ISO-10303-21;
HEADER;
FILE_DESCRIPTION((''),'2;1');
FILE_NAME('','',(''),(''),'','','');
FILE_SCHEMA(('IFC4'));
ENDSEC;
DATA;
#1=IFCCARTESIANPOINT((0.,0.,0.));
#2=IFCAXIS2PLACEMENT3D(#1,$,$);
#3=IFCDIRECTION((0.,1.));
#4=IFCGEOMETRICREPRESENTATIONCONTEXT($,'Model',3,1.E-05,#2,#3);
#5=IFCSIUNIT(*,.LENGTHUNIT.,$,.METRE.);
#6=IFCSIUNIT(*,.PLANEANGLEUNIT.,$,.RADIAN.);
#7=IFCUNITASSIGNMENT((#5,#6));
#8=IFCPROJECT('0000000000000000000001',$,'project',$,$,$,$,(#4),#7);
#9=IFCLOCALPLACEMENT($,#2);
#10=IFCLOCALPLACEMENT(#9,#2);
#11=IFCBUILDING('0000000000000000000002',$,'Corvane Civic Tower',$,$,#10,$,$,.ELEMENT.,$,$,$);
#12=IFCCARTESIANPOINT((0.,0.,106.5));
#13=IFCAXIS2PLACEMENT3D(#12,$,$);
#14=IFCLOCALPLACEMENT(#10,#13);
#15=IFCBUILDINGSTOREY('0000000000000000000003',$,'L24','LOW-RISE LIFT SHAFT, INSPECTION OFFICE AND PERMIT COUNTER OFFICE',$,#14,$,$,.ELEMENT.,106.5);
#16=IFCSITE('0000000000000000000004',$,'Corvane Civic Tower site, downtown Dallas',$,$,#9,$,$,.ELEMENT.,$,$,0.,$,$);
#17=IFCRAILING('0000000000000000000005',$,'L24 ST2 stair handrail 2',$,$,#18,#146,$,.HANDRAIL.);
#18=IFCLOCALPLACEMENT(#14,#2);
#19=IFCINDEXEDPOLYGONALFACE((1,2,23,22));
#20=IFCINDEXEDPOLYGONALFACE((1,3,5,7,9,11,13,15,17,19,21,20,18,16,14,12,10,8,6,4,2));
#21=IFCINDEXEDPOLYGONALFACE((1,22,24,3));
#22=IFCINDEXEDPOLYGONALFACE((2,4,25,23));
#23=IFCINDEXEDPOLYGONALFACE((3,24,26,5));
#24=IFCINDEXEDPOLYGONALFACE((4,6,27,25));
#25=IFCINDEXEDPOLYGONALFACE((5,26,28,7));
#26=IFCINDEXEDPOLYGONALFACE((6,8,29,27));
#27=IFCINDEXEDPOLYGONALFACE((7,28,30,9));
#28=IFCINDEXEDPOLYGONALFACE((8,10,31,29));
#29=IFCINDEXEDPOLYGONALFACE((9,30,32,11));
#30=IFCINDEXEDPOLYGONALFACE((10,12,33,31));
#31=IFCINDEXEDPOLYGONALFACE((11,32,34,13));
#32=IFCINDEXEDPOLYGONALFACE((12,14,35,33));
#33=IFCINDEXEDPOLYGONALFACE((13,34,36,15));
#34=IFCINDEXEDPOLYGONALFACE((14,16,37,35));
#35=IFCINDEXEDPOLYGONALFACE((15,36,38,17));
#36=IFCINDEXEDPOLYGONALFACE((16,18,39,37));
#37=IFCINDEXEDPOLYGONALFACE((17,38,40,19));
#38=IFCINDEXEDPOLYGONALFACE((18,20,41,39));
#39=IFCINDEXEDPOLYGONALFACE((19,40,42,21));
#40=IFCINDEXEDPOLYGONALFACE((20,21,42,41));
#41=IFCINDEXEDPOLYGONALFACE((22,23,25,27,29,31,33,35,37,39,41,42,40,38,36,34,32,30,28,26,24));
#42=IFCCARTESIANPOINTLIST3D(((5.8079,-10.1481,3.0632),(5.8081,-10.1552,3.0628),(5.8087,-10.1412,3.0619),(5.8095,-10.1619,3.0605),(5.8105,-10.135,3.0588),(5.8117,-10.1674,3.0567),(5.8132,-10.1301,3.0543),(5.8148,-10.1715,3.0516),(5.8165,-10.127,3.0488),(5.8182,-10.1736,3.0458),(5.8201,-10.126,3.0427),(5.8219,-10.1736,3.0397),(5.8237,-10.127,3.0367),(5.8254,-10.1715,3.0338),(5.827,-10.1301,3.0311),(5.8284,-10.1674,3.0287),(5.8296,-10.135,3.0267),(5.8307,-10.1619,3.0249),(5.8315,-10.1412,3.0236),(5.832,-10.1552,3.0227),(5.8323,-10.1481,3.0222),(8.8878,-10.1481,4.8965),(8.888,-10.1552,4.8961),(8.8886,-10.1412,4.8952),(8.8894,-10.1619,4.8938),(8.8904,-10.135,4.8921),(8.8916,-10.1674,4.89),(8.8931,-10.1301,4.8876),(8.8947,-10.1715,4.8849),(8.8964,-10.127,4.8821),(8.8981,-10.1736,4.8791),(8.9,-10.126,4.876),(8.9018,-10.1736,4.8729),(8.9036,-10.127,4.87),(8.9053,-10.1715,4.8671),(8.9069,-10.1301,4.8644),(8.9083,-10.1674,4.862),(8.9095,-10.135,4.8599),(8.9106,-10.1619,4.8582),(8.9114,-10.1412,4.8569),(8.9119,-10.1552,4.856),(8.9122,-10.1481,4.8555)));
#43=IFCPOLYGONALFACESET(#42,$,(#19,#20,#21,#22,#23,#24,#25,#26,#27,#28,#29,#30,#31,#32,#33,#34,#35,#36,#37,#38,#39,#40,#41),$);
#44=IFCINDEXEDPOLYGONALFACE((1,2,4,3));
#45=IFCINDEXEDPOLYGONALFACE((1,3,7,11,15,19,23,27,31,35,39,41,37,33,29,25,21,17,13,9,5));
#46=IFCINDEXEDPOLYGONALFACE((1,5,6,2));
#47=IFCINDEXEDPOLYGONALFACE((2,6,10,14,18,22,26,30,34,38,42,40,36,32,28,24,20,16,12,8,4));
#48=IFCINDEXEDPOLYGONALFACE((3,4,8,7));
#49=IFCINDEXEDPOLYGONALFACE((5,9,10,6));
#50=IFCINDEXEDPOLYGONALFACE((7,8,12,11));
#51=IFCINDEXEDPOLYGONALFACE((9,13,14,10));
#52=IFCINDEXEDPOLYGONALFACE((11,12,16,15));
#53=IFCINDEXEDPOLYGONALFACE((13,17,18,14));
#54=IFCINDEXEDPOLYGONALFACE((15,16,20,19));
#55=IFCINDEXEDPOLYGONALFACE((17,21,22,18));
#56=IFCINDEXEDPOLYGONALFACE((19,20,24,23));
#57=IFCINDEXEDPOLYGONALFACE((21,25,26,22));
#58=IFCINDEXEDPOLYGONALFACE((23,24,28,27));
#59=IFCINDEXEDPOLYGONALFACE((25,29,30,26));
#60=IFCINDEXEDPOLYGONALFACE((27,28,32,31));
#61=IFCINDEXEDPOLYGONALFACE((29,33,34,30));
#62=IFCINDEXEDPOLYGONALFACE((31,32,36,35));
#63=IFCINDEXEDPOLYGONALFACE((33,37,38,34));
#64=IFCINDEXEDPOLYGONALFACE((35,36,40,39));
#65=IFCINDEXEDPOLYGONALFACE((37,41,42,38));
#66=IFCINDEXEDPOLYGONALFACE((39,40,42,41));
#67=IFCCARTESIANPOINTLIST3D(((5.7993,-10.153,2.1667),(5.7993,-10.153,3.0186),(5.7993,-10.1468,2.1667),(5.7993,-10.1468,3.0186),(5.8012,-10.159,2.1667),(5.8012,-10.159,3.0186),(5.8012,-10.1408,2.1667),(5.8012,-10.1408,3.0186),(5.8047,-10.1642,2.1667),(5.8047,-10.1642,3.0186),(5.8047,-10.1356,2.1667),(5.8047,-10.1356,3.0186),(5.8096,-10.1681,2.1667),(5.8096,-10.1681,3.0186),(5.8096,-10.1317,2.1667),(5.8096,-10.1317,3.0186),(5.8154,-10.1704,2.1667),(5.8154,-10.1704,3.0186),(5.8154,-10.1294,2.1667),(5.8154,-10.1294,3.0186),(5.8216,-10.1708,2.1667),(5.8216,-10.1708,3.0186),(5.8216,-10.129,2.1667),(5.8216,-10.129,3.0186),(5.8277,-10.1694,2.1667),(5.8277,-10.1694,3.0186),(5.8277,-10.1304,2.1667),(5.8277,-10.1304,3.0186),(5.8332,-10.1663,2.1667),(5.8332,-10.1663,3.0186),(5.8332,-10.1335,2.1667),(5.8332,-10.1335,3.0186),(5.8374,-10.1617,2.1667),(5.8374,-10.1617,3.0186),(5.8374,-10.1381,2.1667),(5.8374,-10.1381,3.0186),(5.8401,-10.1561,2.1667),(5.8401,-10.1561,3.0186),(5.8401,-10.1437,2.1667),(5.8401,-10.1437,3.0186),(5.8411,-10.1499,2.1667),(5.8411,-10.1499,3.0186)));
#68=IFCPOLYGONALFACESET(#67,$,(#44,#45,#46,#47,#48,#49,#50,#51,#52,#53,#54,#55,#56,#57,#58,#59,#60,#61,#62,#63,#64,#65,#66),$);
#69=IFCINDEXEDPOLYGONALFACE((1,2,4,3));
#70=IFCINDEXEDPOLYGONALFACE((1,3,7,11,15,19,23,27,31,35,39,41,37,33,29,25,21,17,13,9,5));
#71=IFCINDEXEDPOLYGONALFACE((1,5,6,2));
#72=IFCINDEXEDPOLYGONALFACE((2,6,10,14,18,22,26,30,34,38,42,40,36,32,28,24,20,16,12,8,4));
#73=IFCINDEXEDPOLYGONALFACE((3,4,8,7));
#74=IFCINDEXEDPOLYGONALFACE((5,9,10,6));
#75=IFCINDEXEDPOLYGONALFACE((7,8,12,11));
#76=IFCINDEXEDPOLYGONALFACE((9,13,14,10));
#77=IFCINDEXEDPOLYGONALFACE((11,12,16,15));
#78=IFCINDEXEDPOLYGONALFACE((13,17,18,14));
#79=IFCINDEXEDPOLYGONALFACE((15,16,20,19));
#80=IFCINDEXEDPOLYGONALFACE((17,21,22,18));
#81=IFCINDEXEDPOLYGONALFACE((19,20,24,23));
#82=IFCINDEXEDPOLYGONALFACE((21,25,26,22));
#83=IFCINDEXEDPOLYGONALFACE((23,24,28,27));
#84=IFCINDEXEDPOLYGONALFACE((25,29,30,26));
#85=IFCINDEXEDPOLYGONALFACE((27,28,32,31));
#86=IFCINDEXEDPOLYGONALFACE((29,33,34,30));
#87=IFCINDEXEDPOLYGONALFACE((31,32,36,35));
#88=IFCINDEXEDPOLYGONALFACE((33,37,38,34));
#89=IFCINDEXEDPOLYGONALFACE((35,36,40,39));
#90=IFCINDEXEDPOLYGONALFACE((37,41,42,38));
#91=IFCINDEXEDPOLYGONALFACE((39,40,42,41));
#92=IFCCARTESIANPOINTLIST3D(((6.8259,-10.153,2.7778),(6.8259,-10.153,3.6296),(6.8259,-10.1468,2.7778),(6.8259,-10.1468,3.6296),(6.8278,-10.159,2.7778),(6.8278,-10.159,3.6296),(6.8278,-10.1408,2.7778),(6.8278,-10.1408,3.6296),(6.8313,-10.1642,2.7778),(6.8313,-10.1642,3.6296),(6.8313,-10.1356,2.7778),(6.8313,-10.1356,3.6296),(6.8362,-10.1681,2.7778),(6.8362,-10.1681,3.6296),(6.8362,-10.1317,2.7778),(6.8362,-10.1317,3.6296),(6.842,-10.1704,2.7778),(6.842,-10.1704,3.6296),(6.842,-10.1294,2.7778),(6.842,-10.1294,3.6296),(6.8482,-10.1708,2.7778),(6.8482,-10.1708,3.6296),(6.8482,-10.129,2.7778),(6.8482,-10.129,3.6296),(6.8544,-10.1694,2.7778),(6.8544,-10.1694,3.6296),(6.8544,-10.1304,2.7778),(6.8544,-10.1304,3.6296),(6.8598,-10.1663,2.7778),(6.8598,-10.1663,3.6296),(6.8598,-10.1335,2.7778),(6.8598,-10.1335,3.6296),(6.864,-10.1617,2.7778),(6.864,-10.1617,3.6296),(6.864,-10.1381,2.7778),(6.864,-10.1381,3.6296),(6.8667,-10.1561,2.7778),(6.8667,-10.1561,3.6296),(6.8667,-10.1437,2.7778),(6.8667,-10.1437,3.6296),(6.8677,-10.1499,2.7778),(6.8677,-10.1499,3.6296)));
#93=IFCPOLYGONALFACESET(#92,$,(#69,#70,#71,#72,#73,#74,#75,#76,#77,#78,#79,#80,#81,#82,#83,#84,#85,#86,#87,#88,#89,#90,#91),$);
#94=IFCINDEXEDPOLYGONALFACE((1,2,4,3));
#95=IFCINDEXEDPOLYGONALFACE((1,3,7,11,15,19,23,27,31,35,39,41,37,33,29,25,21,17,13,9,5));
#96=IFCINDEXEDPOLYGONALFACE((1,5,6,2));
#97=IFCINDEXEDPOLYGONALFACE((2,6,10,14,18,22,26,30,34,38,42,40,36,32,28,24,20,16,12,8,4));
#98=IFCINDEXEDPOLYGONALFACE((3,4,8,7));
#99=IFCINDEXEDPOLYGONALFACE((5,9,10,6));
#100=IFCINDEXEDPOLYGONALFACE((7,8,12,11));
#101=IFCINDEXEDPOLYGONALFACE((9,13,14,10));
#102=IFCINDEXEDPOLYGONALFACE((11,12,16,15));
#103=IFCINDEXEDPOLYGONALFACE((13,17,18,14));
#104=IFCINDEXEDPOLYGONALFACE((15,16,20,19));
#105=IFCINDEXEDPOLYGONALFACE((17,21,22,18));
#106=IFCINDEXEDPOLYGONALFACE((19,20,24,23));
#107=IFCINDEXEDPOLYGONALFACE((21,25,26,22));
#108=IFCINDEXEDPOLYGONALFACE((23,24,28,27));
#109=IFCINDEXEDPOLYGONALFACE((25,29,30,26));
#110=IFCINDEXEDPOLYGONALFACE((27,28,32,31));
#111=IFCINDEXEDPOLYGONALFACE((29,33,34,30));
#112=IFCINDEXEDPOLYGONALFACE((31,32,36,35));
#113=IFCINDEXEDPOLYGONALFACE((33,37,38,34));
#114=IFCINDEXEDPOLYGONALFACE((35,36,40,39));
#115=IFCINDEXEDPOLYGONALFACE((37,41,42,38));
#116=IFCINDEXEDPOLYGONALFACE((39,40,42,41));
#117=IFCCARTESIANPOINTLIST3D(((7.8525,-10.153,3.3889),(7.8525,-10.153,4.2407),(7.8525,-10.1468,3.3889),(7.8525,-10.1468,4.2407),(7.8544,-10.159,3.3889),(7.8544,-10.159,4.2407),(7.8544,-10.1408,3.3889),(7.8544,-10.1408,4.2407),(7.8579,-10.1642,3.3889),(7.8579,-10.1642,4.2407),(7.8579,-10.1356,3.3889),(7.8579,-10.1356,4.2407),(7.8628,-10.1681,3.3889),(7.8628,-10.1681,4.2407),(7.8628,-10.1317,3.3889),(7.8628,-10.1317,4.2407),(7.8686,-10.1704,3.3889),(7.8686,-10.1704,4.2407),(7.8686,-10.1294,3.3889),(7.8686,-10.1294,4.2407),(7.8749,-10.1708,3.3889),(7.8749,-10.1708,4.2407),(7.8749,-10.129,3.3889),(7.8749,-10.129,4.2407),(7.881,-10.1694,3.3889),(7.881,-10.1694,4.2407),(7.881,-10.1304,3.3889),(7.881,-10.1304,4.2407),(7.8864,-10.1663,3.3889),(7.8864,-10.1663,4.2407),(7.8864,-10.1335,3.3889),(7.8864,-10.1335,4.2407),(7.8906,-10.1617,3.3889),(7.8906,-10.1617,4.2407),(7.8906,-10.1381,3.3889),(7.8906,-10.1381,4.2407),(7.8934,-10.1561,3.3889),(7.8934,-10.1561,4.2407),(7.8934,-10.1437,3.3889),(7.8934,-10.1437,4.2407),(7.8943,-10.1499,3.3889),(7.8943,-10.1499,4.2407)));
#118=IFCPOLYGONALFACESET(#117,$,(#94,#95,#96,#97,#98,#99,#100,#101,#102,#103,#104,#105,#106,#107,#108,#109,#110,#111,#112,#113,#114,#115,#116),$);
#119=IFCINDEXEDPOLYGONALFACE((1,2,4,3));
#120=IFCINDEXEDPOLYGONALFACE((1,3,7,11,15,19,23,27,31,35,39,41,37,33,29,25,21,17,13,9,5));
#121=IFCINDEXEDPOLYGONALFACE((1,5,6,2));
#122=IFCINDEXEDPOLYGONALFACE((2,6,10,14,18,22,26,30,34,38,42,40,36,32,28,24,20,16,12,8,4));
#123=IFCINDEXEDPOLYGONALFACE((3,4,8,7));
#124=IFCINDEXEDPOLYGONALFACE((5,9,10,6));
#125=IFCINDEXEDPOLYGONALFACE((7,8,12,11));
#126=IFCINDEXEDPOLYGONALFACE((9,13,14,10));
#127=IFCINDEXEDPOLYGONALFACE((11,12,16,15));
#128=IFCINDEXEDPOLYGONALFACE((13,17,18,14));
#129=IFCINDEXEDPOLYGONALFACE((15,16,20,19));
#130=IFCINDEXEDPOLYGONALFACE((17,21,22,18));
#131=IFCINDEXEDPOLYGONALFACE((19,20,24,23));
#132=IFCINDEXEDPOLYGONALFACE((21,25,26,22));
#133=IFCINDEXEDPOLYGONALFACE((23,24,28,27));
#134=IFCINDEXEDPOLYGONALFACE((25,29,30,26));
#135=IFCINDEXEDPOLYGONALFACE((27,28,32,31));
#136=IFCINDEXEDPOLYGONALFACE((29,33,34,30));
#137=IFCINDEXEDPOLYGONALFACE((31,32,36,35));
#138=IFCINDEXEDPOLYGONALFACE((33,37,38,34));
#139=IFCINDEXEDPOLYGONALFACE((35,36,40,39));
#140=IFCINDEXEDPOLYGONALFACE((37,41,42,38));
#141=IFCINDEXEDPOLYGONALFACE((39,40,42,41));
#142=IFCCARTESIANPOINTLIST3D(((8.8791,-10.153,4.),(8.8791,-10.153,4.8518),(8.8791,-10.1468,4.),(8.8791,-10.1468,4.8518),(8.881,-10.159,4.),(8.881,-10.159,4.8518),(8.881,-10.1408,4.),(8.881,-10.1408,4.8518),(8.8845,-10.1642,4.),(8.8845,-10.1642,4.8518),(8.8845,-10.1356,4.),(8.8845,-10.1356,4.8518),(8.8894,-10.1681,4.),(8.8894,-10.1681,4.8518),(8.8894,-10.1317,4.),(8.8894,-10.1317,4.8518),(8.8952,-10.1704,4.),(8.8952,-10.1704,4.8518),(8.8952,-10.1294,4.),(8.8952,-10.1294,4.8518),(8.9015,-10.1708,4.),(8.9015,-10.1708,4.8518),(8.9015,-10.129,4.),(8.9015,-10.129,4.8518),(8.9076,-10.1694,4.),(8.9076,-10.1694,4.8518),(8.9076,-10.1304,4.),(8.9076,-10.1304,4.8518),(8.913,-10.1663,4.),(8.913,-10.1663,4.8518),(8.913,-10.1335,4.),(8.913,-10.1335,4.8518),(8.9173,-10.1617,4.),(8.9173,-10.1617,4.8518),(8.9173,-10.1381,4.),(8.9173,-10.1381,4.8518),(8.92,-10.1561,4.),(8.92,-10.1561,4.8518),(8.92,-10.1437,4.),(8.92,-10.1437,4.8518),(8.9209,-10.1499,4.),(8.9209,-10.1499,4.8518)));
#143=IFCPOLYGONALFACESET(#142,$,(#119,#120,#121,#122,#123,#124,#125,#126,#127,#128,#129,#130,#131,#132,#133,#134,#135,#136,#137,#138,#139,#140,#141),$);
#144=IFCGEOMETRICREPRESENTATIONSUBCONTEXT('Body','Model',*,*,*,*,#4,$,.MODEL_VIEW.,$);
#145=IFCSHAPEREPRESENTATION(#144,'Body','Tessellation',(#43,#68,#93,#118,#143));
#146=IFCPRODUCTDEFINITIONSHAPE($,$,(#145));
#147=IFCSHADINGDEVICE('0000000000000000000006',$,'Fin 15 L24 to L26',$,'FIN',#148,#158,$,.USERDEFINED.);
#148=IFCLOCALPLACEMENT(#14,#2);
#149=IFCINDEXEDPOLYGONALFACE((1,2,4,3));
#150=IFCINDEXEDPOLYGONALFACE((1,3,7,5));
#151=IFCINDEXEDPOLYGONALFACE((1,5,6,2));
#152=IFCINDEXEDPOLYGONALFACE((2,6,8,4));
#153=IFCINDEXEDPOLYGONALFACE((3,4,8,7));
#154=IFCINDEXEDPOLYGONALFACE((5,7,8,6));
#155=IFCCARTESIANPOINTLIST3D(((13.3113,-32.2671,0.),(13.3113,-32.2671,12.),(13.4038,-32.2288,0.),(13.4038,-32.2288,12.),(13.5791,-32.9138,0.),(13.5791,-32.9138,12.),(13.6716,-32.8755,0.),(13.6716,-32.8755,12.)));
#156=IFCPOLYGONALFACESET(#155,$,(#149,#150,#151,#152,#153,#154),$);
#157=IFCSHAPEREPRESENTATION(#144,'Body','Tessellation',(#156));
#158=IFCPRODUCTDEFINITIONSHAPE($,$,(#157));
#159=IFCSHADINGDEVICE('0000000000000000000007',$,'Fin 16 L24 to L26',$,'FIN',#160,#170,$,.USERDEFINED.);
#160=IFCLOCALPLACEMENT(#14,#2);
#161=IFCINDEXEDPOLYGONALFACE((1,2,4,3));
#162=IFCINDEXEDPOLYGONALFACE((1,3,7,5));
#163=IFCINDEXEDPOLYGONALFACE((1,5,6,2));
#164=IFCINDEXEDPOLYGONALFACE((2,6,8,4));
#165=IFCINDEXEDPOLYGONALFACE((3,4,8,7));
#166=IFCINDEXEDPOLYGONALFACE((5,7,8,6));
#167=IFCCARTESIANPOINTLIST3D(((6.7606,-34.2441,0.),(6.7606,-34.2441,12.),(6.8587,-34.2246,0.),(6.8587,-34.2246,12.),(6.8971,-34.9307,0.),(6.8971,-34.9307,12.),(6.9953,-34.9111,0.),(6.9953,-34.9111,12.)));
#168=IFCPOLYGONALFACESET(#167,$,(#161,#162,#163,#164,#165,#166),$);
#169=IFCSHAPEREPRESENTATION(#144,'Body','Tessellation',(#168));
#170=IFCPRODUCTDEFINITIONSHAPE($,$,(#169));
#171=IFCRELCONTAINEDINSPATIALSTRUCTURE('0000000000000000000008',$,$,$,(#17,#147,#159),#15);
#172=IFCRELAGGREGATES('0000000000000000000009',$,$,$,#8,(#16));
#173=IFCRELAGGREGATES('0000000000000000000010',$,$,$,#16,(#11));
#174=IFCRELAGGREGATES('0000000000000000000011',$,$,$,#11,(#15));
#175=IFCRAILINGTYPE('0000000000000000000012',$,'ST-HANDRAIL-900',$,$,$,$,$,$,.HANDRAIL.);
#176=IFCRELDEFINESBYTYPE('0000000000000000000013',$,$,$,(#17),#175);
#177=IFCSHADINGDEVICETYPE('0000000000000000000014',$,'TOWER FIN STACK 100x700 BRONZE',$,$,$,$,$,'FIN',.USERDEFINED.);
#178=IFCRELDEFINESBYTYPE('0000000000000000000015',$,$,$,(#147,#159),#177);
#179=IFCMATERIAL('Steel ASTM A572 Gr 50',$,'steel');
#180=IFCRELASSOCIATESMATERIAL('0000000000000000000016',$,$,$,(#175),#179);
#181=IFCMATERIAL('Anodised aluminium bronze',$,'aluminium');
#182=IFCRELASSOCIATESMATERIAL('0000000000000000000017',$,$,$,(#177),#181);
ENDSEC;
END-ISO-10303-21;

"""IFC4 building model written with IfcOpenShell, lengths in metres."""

from ifc_helpers import new_model, si_unit, direction, frame, origin, origin_2d, place, context, subcontext, project, spatial, rectangle, circle, extrude, material, material_profile, profile_set, type_object, element, save


model = new_model("IFC4")

# Units and contexts
model_context = context("Model", 3, precision=1e-05, world=origin(), true_north=direction((0.0, 1.0)))
body_context = subcontext(model_context, "Body", "Model", "MODEL_VIEW")
ifc_project = project(units=[si_unit("LENGTHUNIT", "METRE"), si_unit("PLANEANGLEUNIT", "RADIAN")], contexts=[model_context])

# Site, building, storey
site_placement = place(None, origin())
site = spatial("IfcSite", under=ifc_project, at=site_placement, Name="Corvane Civic Tower site, downtown Dallas", CompositionType="ELEMENT", RefElevation=0.0)
building_placement = place(site_placement, origin())
building = spatial("IfcBuilding", under=site, at=building_placement, Name="Corvane Civic Tower", CompositionType="ELEMENT")
storey_placement = place(building_placement, frame((0.0, 0.0, 106.5)))
storey = spatial("IfcBuildingStorey", under=building, at=storey_placement, Name="L24", Description="LOW-RISE LIFT SHAFT, INSPECTION OFFICE AND PERMIT COUNTER OFFICE", CompositionType="ELEMENT", Elevation=106.5)

# Railing
ifc_material_1 = material(Name="Steel ASTM A572 Gr 50", Category="steel")
railing_type = type_object("IfcRailingType", Name="ST-HANDRAIL-900", PredefinedType="HANDRAIL", material=ifc_material_1)
railing_placement = place(storey_placement, frame((5.8201, -10.1499, 2.1667)))
element("IfcRailing", 1, at=railing_placement, inside=storey, type_object=railing_type, Name="L24 ST2 stair handrail 2", PredefinedType="HANDRAIL", context=body_context, shape_type="SweptSolid", body=[
    extrude(circle(Radius=0.0239, at=origin_2d()), frame((0.0, 0.0, 0.876), z_axis=(0.859291, 0.0, 0.511487), x_axis=(0.0, 1.0, 0.0)), (0.0, 0.0, 1.0), 3.5842),
    extrude(circle(Radius=0.021, at=origin_2d()), origin(), (0.0, 0.0, 1.0), 0.8518),
    extrude(circle(Radius=0.021, at=origin_2d()), frame((1.0266, 0.0, 0.6111)), (0.0, 0.0, 1.0), 0.8518),
    extrude(circle(Radius=0.021, at=origin_2d()), frame((2.0532, 0.0, 1.2222)), (0.0, 0.0, 1.0), 0.8518),
    extrude(circle(Radius=0.021, at=origin_2d()), frame((3.0798, 0.0, 1.8333)), (0.0, 0.0, 1.0), 0.8518),
])

# Shading devices
ifc_material_2 = material(Name="Anodised aluminium bronze", Category="aluminium")
ifc_material_profile_1 = material_profile(ifc_material_2, rectangle(XDim=0.1001, YDim=0.7, at=origin_2d()), Name="TOWER FIN STACK 100x700 BRONZE")
ifc_profile_set_1 = profile_set([ifc_material_profile_1], Name="Anodised aluminium bronze")
shading_device_type = type_object("IfcShadingDeviceType", Name="TOWER FIN STACK 100x700 BRONZE", ElementType="FIN", PredefinedType="USERDEFINED", material=ifc_profile_set_1)
for number, where, z_axis, x_axis, name in (
    (2, (13.4915, -32.5713, 0.0), (0.0, 0.0, 1.0), (-0.92388, -0.382683, 0.0), "Fin 15 L24 to L26"),
    (3, (6.8779, -34.5776, 0.0), (0.0, 0.0, 1.0), (-0.980785, -0.19509, 0.0), "Fin 16 L24 to L26"),
):
    element("IfcShadingDevice", number, at=place(storey_placement, frame(where, z_axis=z_axis, x_axis=x_axis)), inside=storey, type_object=shading_device_type, Name=name, ObjectType="FIN", PredefinedType="USERDEFINED", context=body_context, shape_type="SweptSolid", body=[
        extrude(rectangle(XDim=0.1001, YDim=0.7, at=origin_2d()), origin(), (0.0, 0.0, 1.0), 12.0),
    ])

save(model, "model.ifc")
